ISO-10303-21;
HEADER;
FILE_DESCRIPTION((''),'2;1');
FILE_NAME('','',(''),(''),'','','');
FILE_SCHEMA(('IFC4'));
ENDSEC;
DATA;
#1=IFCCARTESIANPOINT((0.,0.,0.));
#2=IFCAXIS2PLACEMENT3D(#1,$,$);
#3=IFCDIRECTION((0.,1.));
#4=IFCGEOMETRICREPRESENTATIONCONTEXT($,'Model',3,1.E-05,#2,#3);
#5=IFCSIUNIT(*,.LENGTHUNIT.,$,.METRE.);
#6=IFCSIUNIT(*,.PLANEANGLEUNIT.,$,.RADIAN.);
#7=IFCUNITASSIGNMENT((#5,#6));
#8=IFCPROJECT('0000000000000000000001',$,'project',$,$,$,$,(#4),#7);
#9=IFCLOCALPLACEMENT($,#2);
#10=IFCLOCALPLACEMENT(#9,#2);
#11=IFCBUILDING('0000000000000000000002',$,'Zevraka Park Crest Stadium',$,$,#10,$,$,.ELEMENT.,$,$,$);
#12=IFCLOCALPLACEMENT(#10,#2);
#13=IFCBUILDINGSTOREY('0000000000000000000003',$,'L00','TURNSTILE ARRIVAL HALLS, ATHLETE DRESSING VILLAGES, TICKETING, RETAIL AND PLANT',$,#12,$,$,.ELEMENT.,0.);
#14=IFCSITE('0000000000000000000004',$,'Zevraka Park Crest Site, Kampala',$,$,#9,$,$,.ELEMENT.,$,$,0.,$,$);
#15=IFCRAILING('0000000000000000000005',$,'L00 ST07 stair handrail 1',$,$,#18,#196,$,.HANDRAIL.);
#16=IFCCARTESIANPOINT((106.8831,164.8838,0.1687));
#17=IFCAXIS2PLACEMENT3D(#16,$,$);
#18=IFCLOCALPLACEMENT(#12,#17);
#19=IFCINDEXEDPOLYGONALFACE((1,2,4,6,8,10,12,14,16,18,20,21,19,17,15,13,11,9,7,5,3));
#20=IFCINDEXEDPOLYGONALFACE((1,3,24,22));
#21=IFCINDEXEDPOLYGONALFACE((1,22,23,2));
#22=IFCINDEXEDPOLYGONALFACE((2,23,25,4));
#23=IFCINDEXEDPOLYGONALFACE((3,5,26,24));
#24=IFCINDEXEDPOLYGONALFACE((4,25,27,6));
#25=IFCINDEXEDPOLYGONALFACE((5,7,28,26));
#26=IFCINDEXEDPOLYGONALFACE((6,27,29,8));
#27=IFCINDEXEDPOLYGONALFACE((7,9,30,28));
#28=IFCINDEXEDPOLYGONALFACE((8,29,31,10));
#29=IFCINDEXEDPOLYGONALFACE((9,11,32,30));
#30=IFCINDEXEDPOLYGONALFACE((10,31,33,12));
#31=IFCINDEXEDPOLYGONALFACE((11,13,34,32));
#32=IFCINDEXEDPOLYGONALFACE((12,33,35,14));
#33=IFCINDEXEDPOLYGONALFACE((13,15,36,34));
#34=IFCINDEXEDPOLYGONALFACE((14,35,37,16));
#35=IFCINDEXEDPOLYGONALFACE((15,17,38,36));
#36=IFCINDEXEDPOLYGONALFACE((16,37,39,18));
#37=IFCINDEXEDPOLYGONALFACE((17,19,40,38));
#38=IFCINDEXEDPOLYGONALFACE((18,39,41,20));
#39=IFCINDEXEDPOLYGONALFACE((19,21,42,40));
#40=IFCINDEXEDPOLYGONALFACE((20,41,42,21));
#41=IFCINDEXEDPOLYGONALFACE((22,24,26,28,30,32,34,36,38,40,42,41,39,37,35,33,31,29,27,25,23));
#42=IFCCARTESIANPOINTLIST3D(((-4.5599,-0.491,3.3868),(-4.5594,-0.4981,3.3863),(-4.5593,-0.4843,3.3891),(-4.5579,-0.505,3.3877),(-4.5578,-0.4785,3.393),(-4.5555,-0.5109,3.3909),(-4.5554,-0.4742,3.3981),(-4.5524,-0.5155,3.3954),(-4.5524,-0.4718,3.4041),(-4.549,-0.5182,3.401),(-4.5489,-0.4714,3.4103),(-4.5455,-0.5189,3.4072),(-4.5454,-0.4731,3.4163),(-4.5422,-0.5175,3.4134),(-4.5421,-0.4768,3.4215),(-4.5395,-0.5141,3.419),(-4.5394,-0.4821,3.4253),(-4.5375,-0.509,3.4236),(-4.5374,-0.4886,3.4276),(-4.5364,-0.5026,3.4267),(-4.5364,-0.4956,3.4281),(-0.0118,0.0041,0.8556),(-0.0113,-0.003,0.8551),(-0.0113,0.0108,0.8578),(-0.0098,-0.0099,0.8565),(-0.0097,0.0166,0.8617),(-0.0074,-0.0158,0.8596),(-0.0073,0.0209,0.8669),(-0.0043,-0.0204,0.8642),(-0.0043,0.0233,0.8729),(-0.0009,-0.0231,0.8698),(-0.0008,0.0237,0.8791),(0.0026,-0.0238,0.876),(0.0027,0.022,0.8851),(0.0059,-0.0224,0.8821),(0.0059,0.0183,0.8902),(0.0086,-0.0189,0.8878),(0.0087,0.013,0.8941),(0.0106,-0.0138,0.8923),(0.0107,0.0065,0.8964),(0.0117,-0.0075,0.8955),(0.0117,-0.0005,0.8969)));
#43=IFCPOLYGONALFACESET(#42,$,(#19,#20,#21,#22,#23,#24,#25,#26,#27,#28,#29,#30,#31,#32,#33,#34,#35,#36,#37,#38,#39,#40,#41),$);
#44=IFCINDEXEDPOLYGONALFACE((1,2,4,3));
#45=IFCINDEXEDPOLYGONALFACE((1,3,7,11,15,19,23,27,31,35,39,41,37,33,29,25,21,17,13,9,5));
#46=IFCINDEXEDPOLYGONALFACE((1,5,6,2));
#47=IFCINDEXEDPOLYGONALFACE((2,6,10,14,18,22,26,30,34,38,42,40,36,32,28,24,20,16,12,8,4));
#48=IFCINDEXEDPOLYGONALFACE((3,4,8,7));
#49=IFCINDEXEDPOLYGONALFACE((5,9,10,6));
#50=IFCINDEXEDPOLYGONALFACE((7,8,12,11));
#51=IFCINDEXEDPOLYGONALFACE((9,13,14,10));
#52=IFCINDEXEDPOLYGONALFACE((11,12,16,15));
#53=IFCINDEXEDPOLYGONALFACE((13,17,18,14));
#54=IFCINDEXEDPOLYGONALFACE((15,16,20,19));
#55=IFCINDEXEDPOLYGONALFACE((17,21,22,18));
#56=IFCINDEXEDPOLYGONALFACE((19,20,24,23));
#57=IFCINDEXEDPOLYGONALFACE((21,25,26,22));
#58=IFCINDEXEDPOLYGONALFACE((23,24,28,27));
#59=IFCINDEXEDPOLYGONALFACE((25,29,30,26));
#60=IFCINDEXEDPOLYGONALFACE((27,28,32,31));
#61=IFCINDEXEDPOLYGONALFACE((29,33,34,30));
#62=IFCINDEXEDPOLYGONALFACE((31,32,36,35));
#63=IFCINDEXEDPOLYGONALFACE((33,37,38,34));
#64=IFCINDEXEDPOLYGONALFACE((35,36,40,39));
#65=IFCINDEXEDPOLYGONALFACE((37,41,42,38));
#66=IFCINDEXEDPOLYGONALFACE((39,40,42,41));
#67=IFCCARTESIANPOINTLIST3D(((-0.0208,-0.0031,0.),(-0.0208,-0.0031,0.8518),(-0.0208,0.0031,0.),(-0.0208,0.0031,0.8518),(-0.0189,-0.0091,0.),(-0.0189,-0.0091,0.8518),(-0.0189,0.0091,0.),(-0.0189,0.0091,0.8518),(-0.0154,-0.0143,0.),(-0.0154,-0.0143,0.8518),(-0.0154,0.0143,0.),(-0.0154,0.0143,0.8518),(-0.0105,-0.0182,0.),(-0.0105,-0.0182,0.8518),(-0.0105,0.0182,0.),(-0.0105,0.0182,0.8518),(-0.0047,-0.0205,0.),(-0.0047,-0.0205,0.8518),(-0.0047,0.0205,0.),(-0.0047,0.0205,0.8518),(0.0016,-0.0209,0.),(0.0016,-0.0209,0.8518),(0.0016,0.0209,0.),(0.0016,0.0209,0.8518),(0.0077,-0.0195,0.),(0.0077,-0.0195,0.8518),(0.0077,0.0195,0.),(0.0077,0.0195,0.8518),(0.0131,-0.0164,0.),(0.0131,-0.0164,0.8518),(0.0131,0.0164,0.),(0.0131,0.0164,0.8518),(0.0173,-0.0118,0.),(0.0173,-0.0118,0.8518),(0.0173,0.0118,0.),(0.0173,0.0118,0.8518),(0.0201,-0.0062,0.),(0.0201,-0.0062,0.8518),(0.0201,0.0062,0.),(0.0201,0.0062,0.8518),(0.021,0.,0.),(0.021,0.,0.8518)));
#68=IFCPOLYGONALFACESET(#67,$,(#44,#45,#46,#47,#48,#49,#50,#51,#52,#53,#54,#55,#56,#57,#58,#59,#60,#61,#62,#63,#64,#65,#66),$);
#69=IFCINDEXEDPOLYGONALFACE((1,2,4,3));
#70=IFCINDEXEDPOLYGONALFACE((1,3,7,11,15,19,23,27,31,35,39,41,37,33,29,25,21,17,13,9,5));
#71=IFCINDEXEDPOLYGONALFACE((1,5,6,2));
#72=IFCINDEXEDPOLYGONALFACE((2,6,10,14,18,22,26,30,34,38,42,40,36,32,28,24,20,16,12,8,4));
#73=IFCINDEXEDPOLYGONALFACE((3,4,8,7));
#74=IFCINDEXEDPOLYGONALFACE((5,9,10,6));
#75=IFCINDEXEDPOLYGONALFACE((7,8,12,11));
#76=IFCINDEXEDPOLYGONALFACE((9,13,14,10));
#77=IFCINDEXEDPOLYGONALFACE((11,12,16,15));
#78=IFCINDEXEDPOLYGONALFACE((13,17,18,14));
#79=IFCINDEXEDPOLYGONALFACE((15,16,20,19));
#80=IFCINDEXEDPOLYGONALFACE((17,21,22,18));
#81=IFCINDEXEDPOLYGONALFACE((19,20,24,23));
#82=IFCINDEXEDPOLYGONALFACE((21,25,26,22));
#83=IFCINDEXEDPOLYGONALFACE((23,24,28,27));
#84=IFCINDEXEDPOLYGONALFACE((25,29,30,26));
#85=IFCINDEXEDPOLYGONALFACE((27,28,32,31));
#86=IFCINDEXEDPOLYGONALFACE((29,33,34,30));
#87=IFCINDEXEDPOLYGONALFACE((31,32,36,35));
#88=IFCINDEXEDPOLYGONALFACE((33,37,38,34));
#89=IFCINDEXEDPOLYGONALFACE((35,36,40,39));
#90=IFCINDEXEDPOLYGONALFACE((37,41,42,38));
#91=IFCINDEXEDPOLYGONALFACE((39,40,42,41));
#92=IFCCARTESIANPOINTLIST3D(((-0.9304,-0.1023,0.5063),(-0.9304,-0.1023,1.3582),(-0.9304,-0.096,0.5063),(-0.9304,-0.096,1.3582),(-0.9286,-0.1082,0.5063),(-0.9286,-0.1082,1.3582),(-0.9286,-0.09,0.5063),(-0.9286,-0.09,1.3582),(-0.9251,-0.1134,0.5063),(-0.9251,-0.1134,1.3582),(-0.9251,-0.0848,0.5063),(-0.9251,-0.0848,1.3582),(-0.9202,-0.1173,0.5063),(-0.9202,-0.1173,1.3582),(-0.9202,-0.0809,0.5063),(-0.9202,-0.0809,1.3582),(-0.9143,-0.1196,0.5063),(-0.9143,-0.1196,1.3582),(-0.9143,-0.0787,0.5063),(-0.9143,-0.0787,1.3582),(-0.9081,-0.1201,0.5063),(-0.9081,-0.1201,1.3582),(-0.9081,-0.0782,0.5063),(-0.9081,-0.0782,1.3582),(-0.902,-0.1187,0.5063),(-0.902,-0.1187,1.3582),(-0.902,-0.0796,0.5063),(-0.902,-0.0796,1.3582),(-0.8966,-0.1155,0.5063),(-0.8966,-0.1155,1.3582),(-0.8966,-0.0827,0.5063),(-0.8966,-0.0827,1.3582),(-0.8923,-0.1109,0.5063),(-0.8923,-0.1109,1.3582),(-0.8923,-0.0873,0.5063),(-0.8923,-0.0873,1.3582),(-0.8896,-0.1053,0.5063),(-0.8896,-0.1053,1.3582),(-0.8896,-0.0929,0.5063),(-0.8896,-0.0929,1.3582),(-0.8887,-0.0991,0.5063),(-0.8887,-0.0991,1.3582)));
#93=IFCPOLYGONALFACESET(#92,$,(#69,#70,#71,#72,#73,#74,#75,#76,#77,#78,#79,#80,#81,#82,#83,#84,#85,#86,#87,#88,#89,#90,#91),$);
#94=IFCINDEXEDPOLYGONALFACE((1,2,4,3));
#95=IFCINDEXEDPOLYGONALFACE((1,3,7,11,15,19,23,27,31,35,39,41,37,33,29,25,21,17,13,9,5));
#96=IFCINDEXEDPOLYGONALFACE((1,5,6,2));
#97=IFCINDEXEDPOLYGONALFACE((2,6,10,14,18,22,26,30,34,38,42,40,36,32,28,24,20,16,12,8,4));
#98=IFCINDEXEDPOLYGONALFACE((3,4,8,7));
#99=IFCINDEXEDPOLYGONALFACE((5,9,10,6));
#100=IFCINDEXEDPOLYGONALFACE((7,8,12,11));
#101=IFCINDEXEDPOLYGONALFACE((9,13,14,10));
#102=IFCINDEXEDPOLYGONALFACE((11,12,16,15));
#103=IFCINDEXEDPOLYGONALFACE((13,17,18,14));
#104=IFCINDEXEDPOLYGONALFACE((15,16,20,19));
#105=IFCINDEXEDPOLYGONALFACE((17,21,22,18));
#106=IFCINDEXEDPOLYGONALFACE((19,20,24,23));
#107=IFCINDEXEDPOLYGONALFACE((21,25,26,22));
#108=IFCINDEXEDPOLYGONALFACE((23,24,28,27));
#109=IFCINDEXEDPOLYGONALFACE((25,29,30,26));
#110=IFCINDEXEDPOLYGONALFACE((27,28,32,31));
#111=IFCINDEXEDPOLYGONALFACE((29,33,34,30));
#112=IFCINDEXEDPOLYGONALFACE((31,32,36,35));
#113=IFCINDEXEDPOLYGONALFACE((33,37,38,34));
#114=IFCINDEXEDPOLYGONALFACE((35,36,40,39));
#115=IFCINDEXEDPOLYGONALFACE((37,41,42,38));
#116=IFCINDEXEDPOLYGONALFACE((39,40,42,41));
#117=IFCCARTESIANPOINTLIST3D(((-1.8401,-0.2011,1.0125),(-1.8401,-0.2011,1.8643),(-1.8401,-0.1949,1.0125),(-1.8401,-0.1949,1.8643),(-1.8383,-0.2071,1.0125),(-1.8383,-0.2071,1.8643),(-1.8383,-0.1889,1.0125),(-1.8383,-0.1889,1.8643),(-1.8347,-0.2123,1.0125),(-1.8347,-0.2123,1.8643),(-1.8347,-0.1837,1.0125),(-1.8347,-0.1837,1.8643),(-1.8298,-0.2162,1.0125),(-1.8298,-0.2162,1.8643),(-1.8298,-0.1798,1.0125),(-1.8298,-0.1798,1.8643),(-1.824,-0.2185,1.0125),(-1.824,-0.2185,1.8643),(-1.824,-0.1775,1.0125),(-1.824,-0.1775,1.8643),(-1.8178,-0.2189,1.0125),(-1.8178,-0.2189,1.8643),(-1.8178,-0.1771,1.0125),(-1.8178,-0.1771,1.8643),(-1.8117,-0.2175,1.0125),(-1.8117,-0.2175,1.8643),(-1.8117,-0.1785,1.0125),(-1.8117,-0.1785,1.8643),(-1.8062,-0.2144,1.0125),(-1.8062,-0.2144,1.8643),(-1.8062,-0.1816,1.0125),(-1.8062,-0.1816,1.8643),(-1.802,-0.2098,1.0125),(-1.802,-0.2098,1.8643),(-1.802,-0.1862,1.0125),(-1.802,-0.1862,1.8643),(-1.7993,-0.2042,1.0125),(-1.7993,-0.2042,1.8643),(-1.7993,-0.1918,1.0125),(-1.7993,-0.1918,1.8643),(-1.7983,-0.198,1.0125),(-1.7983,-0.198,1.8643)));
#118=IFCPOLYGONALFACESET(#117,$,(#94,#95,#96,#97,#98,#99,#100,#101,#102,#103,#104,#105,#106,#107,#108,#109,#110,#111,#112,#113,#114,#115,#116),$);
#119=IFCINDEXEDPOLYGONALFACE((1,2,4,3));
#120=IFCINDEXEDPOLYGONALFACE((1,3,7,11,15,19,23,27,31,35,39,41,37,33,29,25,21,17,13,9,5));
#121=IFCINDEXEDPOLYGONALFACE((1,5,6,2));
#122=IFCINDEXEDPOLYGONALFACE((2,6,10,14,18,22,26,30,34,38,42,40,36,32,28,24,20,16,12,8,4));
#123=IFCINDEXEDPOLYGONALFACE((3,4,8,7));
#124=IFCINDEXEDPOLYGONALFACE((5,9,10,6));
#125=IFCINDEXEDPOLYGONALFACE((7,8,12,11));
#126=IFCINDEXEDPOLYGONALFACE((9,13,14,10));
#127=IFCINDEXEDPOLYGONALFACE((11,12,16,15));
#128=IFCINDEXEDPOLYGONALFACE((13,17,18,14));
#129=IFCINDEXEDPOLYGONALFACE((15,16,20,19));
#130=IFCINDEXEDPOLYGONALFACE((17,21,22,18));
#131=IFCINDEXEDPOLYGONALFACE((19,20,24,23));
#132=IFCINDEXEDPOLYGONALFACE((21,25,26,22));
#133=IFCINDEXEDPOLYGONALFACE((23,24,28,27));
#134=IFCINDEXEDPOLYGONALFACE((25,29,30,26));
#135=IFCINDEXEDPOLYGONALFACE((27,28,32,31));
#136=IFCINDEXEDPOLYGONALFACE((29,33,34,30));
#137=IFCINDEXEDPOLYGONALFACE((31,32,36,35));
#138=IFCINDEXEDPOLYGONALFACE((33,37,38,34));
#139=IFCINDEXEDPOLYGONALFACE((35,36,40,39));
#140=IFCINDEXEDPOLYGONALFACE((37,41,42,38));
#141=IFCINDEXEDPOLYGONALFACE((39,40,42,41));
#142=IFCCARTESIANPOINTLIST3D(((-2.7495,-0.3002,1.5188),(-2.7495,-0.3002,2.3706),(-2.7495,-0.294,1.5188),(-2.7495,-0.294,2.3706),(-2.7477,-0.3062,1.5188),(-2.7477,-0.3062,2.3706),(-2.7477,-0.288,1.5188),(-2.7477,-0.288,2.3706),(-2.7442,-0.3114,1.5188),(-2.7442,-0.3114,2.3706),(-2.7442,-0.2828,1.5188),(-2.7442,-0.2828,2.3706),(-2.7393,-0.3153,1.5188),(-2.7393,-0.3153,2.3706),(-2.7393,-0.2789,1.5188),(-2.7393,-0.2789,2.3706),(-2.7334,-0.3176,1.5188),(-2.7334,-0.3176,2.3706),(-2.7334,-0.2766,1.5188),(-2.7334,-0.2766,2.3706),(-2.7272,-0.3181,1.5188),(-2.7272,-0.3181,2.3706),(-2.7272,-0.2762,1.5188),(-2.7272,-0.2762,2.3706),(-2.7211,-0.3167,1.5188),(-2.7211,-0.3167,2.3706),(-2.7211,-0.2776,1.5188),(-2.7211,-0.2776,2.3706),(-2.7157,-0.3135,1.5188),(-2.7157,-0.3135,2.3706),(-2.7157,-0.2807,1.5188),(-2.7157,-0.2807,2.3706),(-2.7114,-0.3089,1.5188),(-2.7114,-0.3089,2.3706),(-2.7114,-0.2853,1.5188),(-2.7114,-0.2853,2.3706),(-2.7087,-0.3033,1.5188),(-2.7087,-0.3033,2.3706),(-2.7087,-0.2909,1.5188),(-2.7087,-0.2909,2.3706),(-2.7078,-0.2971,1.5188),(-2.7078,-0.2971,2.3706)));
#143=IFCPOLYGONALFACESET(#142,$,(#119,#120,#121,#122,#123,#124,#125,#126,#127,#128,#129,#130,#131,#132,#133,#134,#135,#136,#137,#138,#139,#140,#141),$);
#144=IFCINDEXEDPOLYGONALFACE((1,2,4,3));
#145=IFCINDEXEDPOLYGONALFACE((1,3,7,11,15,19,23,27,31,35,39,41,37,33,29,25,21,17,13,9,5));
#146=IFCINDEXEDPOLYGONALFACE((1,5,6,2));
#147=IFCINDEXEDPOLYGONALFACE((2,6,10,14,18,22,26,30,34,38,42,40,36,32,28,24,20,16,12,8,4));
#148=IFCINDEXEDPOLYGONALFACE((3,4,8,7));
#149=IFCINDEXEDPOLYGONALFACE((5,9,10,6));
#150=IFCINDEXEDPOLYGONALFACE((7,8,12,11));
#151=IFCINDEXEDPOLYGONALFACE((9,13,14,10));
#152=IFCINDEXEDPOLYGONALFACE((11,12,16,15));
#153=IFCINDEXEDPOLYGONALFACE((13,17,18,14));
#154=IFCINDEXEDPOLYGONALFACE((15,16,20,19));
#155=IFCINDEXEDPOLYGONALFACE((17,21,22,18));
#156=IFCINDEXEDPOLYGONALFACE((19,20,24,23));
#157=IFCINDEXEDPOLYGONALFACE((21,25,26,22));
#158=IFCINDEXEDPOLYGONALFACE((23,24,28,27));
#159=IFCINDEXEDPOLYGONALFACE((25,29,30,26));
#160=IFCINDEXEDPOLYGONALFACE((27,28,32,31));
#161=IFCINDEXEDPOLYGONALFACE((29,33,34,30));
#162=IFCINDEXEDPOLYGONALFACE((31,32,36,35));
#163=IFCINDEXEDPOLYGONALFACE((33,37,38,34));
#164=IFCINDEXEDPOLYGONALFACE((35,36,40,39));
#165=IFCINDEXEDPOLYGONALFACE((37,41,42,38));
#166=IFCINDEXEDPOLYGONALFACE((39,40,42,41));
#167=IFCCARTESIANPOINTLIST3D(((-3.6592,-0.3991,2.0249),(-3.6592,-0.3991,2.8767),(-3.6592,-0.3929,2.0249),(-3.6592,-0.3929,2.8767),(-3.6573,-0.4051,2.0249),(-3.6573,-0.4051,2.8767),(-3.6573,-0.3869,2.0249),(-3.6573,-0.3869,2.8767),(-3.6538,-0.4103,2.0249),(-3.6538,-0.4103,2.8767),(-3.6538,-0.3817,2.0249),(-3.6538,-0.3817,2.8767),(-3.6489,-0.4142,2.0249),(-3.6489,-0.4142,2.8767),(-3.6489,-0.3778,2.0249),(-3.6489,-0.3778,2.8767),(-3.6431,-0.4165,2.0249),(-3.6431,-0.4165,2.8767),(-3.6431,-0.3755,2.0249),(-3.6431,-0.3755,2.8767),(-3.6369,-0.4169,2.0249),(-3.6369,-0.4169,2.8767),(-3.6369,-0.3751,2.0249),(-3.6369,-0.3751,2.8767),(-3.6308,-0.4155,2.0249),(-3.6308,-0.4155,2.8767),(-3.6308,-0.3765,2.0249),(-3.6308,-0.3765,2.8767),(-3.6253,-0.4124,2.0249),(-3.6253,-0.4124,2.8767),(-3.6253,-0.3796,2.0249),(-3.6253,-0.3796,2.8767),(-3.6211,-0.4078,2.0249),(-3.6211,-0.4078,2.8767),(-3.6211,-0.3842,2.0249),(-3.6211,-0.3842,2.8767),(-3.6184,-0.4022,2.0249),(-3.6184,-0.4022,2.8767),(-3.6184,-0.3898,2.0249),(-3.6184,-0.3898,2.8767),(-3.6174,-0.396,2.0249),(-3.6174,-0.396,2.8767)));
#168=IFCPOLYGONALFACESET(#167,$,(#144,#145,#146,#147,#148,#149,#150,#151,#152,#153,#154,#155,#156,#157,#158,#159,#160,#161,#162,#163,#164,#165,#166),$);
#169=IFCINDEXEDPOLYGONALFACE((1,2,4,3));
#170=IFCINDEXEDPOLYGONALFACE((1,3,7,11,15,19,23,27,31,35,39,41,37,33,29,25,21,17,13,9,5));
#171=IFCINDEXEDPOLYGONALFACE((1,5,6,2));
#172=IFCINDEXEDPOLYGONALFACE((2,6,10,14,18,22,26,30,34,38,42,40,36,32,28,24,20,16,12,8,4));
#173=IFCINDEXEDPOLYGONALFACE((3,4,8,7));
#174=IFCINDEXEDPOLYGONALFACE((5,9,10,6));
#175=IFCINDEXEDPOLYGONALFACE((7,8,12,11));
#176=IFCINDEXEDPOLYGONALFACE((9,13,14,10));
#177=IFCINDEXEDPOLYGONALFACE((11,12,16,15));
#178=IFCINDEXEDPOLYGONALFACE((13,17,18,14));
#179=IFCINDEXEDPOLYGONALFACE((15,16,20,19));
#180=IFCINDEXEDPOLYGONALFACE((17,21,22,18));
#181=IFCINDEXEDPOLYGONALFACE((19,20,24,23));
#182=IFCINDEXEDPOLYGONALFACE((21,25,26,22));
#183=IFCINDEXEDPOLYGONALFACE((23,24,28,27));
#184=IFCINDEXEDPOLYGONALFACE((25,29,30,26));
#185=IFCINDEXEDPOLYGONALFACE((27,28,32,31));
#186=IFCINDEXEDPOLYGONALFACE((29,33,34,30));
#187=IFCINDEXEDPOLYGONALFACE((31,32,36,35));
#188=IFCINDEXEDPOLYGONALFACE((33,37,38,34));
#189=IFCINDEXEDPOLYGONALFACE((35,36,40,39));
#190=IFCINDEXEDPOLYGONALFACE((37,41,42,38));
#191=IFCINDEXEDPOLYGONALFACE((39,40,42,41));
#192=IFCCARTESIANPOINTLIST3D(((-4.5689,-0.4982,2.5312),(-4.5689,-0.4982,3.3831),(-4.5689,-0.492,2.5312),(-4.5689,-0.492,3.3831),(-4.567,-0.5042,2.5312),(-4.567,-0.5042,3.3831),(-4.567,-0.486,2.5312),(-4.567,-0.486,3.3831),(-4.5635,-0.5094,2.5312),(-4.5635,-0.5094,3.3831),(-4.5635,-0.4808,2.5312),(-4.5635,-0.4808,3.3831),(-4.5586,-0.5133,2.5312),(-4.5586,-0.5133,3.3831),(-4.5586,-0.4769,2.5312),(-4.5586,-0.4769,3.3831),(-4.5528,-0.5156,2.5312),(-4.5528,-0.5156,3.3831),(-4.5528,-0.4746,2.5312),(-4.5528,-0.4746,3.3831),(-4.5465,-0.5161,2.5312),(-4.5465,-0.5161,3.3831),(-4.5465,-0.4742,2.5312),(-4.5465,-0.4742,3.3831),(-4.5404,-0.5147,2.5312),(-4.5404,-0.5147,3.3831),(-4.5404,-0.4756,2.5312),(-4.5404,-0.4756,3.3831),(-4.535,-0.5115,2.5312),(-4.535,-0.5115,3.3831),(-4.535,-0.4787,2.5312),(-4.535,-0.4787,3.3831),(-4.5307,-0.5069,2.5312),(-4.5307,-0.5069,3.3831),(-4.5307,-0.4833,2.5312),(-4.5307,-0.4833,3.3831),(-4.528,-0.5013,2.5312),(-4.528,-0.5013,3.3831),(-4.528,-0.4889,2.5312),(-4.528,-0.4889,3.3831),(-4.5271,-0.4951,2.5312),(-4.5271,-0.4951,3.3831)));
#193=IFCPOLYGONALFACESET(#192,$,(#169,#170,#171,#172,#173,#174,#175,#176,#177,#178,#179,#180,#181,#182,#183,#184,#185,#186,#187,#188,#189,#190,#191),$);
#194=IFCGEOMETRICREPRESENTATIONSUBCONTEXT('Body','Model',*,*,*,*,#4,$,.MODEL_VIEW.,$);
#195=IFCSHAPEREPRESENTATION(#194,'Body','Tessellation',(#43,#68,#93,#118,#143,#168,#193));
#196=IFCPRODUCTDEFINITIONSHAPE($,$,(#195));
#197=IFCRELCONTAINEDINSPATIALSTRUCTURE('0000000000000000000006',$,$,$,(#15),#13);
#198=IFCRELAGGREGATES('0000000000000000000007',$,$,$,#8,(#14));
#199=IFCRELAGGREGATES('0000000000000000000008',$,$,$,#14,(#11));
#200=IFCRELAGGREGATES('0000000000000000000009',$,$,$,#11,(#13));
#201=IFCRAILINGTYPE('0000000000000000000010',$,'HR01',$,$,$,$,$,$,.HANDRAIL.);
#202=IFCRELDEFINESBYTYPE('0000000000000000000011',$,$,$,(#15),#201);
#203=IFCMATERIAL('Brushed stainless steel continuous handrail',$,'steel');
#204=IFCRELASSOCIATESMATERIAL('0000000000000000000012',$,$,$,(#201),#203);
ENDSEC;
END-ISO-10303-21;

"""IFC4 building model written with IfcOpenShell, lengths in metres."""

from ifc_helpers import new_model, si_unit, direction, frame, origin, origin_2d, place, context, subcontext, project, spatial, circle, extrude, material, type_object, element, save


model = new_model("IFC4")

# Units and contexts
model_context = context("Model", 3, precision=1e-05, world=origin(), true_north=direction((0.0, 1.0)))
body_context = subcontext(model_context, "Body", "Model", "MODEL_VIEW")
ifc_project = project(units=[si_unit("LENGTHUNIT", "METRE"), si_unit("PLANEANGLEUNIT", "RADIAN")], contexts=[model_context])

# Site, building, storey
site_placement = place(None, origin())
site = spatial("IfcSite", under=ifc_project, at=site_placement, Name="Zevraka Park Crest Site, Kampala", CompositionType="ELEMENT", RefElevation=0.0)
building_placement = place(site_placement, origin())
building = spatial("IfcBuilding", under=site, at=building_placement, Name="Zevraka Park Crest Stadium", CompositionType="ELEMENT")
storey_placement = place(building_placement, origin())
storey = spatial("IfcBuildingStorey", under=building, at=storey_placement, Name="L00", Description="TURNSTILE ARRIVAL HALLS, ATHLETE DRESSING VILLAGES, TICKETING, RETAIL AND PLANT", CompositionType="ELEMENT", Elevation=0.0)

# Railing
ifc_material_1 = material(Name="Brushed stainless steel continuous handrail", Category="steel")
railing_type_1 = type_object("IfcRailingType", Name="HR01", PredefinedType="HANDRAIL", material=ifc_material_1)
railing_1_placement = place(storey_placement, frame((106.8831, 164.8838, 0.1687)))
element("IfcRailing", 1, at=railing_1_placement, inside=storey, type_object=railing_type_1, Name="L00 ST07 stair handrail 1", PredefinedType="HANDRAIL", context=body_context, shape_type="SweptSolid", body=[
    extrude(circle(Radius=0.0239, at=origin_2d()), frame((0.0, 0.0, 0.876), z_axis=(-0.869861, -0.094695, 0.484123), x_axis=(0.108223, -0.994127, 0.0)), (0.0, 0.0, 1.0), 5.2285),
    extrude(circle(Radius=0.021, at=origin_2d()), origin(), (0.0, 0.0, 1.0), 0.8518),
    extrude(circle(Radius=0.021, at=origin_2d()), frame((-0.9097, -0.0991, 0.5063)), (0.0, 0.0, 1.0), 0.8518),
    extrude(circle(Radius=0.021, at=origin_2d()), frame((-1.8193, -0.198, 1.0125)), (0.0, 0.0, 1.0), 0.8518),
    extrude(circle(Radius=0.021, at=origin_2d()), frame((-2.7288, -0.2971, 1.5188)), (0.0, 0.0, 1.0), 0.8518),
    extrude(circle(Radius=0.021, at=origin_2d()), frame((-3.6384, -0.396, 2.0249)), (0.0, 0.0, 1.0), 0.8518),
    extrude(circle(Radius=0.021, at=origin_2d()), frame((-4.5481, -0.4951, 2.5312)), (0.0, 0.0, 1.0), 0.8518),
])

save(model, "model.ifc")
